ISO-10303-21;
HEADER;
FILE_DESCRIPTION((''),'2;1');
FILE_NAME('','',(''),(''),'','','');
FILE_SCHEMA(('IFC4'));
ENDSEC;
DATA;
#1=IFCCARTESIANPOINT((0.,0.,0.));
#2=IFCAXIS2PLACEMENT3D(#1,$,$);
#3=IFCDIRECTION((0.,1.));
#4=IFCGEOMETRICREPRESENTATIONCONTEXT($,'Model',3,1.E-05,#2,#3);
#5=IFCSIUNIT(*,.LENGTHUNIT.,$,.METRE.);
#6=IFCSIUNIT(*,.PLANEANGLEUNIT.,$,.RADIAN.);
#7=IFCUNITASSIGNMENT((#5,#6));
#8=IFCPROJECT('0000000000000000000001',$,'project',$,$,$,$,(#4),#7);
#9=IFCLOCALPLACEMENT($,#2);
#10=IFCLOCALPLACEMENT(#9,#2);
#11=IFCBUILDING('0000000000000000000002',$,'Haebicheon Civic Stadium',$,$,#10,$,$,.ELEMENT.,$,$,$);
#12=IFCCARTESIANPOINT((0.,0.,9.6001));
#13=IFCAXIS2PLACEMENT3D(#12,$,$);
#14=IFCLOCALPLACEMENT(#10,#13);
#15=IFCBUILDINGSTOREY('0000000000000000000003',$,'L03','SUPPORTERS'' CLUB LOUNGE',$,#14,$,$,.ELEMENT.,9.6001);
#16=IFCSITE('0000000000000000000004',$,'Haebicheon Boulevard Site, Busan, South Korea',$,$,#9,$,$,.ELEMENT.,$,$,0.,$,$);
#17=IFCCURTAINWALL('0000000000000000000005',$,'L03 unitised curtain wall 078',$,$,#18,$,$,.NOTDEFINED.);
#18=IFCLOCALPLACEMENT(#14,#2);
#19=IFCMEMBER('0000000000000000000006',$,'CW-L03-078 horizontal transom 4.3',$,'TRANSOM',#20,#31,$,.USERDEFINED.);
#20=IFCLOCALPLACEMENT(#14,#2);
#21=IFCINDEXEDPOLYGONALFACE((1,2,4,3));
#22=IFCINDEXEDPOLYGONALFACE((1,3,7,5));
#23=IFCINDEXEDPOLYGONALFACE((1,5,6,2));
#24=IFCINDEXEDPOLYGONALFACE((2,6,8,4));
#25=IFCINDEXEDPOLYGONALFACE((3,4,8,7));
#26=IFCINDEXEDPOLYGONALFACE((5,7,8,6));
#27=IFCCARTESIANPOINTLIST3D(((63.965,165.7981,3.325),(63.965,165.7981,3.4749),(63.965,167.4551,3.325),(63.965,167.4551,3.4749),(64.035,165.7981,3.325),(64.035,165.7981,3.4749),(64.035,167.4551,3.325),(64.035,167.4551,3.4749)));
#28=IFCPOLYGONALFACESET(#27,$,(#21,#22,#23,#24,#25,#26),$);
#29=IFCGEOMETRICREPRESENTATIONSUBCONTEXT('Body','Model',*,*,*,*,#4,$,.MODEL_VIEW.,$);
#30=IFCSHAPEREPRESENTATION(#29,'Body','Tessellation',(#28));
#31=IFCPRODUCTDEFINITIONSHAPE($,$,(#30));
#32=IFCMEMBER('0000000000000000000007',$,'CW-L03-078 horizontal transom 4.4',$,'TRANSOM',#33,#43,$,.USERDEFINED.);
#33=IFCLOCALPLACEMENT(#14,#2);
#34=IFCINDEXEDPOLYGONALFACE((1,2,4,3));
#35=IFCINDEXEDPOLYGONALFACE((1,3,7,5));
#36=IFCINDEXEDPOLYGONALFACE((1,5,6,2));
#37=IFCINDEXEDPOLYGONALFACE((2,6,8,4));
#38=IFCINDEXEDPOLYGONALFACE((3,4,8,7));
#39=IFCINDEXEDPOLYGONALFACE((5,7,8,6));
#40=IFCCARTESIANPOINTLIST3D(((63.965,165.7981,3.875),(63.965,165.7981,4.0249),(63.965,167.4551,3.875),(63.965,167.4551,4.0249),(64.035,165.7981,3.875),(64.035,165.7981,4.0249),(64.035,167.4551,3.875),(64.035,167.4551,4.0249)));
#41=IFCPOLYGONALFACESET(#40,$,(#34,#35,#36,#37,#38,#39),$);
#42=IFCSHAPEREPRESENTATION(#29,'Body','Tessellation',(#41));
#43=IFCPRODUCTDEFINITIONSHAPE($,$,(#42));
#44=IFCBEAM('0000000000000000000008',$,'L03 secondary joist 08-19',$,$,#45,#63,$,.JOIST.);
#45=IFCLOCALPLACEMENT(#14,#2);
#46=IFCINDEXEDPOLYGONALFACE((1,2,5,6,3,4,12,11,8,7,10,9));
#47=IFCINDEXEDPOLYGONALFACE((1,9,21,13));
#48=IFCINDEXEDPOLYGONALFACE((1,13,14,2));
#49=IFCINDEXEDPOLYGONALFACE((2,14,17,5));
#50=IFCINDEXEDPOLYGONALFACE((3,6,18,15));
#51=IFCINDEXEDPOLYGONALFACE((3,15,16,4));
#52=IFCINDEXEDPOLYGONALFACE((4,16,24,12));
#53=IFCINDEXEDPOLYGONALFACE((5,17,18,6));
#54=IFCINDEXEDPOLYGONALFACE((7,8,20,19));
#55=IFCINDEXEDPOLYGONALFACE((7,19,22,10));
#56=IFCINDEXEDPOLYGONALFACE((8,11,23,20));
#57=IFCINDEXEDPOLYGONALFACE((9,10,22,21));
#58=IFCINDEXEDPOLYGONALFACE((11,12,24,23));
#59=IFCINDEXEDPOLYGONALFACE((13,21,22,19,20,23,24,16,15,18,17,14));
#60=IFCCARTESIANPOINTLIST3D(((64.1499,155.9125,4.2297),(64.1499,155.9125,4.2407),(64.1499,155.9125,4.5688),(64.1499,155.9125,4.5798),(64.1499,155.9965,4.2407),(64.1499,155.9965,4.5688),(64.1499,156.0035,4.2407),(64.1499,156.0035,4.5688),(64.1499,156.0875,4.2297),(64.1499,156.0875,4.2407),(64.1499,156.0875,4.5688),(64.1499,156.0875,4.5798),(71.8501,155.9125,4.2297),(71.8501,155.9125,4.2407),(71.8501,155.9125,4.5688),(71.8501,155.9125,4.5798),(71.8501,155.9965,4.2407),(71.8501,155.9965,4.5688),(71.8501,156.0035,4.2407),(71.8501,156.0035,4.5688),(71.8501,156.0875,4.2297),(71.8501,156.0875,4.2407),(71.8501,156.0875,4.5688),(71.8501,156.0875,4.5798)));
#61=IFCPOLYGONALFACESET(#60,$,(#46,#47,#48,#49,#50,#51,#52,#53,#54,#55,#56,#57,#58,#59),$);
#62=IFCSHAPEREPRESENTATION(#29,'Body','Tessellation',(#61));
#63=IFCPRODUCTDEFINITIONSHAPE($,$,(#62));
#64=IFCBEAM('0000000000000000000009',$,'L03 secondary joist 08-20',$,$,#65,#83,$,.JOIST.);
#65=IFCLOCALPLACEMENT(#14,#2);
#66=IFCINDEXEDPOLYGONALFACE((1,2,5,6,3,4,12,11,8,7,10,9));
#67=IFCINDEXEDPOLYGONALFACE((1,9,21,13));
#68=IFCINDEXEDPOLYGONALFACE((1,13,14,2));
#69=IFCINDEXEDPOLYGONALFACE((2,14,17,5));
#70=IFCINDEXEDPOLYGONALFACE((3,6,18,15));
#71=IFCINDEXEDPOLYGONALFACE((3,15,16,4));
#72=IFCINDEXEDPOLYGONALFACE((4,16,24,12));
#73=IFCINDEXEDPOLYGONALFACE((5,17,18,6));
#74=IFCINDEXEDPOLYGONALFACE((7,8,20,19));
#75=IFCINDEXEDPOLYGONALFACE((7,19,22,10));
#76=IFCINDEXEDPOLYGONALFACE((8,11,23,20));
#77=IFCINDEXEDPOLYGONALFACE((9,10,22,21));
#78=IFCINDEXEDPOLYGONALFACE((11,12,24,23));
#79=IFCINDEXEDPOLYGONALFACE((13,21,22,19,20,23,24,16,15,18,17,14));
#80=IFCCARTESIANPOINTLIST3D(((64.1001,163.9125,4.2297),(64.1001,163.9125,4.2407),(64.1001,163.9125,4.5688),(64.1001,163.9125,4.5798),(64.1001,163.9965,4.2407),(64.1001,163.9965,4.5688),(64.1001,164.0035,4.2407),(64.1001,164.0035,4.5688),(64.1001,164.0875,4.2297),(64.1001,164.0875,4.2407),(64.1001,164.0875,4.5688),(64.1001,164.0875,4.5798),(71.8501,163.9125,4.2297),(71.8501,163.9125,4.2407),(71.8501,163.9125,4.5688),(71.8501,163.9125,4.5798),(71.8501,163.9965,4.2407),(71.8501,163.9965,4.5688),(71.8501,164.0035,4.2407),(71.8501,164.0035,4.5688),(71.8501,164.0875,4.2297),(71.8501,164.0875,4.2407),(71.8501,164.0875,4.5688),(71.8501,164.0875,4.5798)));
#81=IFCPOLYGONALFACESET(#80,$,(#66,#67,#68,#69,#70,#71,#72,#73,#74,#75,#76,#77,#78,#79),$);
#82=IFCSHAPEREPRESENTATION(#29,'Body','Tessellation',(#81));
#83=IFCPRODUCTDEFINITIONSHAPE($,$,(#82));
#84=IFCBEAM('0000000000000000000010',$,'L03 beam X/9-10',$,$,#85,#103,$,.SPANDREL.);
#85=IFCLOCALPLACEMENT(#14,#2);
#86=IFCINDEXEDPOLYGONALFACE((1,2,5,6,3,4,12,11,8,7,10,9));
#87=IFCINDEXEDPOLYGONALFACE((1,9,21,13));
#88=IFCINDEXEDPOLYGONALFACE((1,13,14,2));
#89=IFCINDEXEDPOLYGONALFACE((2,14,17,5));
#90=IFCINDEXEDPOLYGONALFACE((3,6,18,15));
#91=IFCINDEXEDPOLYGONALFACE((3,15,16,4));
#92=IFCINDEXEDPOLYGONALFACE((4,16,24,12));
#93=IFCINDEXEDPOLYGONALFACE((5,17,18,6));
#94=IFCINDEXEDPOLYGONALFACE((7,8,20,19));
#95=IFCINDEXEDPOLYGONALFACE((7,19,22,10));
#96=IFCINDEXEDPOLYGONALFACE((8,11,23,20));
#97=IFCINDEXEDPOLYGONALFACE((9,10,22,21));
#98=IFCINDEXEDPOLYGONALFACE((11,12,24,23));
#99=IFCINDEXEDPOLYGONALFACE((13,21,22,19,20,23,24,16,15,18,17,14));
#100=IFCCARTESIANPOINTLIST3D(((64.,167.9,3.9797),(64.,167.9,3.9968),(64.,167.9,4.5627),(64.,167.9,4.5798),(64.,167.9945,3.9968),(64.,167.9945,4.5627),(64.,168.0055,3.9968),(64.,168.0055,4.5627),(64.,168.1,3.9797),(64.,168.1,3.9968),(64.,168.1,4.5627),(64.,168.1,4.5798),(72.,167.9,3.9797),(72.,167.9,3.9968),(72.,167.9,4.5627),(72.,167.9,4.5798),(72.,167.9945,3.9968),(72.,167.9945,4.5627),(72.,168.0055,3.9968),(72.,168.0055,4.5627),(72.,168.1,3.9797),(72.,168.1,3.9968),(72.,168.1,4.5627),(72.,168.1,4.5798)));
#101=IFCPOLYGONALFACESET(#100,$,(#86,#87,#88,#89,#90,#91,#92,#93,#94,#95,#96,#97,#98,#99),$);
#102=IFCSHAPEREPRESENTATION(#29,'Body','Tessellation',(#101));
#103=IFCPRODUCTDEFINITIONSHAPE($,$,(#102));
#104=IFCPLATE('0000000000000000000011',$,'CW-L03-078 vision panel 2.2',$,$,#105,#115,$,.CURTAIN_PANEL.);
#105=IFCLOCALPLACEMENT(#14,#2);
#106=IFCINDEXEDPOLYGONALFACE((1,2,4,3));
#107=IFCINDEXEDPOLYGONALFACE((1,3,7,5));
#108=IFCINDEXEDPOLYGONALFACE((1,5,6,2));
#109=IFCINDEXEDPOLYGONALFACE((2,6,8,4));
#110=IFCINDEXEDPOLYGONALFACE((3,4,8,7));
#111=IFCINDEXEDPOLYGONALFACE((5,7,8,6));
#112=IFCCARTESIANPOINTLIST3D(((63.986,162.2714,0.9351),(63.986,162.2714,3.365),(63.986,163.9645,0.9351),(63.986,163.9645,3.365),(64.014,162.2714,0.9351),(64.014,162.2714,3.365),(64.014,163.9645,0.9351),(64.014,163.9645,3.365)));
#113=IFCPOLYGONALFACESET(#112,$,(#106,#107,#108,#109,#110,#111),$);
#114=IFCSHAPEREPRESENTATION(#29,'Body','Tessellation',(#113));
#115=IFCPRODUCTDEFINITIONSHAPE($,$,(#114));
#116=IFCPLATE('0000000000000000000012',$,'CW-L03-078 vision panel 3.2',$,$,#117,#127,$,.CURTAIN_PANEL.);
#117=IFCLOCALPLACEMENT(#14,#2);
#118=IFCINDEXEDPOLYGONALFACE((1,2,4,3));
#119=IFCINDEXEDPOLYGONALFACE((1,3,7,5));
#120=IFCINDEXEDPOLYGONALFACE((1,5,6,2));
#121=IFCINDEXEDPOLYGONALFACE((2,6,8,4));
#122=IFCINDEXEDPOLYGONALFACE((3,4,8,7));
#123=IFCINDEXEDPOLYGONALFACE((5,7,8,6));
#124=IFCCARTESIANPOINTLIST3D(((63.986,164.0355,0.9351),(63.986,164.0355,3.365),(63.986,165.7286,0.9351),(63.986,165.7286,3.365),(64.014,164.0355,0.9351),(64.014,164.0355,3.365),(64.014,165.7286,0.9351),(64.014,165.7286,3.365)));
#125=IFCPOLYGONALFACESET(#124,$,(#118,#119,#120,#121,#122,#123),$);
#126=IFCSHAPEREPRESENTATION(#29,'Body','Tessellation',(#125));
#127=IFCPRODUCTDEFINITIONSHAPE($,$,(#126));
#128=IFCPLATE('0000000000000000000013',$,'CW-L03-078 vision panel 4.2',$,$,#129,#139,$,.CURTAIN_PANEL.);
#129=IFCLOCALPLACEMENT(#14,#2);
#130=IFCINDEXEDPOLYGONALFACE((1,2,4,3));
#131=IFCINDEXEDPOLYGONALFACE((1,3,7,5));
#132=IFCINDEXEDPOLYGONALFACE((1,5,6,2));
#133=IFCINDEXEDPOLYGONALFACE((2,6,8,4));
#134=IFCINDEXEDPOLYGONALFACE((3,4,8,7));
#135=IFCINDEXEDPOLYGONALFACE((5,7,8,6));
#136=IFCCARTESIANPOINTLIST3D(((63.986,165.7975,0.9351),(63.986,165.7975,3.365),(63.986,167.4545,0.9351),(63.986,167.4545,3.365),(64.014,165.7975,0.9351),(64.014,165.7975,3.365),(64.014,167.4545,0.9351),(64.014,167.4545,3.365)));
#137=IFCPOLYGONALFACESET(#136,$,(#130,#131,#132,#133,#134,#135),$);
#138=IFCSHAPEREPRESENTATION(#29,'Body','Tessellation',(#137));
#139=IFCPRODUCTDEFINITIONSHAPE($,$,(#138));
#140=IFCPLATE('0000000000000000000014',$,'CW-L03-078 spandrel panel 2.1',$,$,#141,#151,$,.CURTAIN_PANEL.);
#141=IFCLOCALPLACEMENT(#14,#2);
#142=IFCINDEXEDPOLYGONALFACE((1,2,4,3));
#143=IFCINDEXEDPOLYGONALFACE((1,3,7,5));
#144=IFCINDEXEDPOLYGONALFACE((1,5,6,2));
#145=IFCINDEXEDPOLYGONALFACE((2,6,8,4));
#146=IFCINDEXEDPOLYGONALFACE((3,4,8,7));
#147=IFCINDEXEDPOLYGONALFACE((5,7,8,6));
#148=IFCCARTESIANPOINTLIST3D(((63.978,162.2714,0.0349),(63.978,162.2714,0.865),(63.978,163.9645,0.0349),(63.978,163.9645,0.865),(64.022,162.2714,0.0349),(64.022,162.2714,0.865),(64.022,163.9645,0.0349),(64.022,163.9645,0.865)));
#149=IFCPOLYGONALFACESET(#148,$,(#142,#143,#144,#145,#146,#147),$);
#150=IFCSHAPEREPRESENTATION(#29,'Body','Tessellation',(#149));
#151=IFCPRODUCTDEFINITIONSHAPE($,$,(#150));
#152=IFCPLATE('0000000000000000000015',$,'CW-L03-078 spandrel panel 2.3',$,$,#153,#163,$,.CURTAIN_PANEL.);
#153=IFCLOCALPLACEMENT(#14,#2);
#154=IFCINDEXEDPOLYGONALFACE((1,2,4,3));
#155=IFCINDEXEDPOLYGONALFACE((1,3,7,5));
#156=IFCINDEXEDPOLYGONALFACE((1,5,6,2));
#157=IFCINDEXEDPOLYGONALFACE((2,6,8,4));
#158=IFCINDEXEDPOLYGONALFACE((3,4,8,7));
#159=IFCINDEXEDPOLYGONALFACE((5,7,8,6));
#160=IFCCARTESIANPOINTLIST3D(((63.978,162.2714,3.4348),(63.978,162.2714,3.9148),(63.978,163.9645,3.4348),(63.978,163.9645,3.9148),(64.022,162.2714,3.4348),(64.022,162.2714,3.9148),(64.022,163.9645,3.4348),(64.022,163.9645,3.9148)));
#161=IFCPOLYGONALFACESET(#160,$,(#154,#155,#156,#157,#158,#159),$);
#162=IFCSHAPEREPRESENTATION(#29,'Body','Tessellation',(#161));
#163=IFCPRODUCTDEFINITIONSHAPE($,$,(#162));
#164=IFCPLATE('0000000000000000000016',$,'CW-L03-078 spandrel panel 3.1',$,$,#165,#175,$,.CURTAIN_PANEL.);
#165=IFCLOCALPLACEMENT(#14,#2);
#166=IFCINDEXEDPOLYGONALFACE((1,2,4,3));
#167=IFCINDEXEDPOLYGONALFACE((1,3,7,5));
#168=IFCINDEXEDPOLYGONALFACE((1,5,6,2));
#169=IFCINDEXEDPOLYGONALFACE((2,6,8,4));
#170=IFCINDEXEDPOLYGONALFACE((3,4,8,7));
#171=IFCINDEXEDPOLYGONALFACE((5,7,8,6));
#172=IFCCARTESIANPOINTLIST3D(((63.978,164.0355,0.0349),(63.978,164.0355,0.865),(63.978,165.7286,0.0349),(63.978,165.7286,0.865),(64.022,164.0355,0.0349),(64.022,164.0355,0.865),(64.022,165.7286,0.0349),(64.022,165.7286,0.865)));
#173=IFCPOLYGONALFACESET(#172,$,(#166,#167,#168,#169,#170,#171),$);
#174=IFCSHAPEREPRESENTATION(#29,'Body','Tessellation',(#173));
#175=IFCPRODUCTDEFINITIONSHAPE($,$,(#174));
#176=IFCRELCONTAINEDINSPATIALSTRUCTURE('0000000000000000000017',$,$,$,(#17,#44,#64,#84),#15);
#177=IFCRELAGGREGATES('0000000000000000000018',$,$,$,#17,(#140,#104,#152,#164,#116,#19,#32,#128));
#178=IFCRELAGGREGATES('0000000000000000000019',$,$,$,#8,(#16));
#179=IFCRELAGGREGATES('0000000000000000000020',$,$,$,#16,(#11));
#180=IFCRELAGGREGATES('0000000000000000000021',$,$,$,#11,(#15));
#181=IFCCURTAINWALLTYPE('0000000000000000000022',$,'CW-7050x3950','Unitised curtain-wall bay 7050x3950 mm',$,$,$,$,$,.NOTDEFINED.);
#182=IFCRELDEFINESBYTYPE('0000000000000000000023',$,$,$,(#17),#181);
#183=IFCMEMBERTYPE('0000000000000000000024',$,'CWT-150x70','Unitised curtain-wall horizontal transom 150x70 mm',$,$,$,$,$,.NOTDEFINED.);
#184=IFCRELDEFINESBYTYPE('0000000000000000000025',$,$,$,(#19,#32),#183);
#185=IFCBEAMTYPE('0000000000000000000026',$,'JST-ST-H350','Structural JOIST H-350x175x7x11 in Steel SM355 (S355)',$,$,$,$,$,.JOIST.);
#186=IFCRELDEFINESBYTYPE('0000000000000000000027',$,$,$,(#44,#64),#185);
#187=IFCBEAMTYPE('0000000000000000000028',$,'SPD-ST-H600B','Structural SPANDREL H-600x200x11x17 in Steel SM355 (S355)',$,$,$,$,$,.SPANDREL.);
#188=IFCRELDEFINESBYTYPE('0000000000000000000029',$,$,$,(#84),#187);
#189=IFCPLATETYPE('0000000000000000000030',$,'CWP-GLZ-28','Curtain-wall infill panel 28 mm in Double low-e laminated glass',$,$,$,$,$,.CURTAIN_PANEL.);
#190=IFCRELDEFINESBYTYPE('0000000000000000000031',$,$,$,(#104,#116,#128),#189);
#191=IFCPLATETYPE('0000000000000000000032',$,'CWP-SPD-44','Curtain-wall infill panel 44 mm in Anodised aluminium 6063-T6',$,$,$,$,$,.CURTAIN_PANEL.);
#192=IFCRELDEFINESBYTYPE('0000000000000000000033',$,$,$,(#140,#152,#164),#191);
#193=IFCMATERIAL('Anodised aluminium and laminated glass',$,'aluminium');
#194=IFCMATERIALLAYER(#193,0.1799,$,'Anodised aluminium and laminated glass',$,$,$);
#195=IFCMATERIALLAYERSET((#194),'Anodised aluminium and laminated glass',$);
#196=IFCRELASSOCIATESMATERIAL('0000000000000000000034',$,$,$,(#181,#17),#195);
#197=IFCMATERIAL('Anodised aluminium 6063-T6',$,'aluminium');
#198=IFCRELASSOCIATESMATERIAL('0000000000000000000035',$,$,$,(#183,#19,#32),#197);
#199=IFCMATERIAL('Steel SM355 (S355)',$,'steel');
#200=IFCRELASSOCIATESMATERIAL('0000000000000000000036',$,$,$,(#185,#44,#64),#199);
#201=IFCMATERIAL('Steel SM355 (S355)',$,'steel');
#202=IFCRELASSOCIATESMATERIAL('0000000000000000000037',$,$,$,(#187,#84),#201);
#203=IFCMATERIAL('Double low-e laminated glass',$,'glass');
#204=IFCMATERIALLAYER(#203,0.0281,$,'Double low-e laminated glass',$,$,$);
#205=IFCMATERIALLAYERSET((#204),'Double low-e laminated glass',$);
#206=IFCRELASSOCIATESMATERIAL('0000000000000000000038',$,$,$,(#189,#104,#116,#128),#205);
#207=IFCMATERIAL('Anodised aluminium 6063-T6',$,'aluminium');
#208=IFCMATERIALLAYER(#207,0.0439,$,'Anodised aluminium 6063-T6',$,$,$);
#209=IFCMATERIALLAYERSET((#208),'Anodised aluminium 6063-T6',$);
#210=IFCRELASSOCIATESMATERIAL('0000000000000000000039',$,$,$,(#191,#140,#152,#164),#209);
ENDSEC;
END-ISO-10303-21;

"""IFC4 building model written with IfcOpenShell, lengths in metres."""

from ifc_helpers import new_model, si_unit, direction, frame, origin, origin_2d, place, context, subcontext, project, spatial, rectangle, i_section, extrude, material, layer, layer_set, material_profile, profile_set, type_object, element, aggregate, save


model = new_model("IFC4")

# Units and contexts
model_context = context("Model", 3, precision=1e-05, world=origin(), true_north=direction((0.0, 1.0)))
body_context = subcontext(model_context, "Body", "Model", "MODEL_VIEW")
ifc_project = project(units=[si_unit("LENGTHUNIT", "METRE"), si_unit("PLANEANGLEUNIT", "RADIAN")], contexts=[model_context])

# Site, building, storey
site_placement = place(None, origin())
site = spatial("IfcSite", under=ifc_project, at=site_placement, Name="Haebicheon Boulevard Site, Busan, South Korea", CompositionType="ELEMENT", RefElevation=0.0)
building_placement = place(site_placement, origin())
building = spatial("IfcBuilding", under=site, at=building_placement, Name="Haebicheon Civic Stadium", CompositionType="ELEMENT")
storey_placement = place(building_placement, frame((0.0, 0.0, 9.6001)))
storey = spatial("IfcBuildingStorey", under=building, at=storey_placement, Name="L03", Description="SUPPORTERS' CLUB LOUNGE", CompositionType="ELEMENT", Elevation=9.6001)

# Curtain wall, members
ifc_material_1 = material(Name="Anodised aluminium and laminated glass", Category="aluminium")
ifc_layer_1 = layer(ifc_material_1, 0.1799, Name="Anodised aluminium and laminated glass")
ifc_layer_set_1 = layer_set([ifc_layer_1], Name="Anodised aluminium and laminated glass")
curtain_wall_type = type_object("IfcCurtainWallType", Name="CW-7050x3950", Description="Unitised curtain-wall bay 7050x3950 mm", PredefinedType="NOTDEFINED", material=ifc_layer_set_1)
curtain_wall_placement = place(storey_placement, origin())
curtain_wall = element("IfcCurtainWall", 1, at=curtain_wall_placement, inside=storey, type_object=curtain_wall_type, material=ifc_layer_set_1, Name="L03 unitised curtain wall 078", PredefinedType="NOTDEFINED")
ifc_material_2 = material(Name="Anodised aluminium 6063-T6", Category="aluminium")
ifc_material_profile_1 = material_profile(ifc_material_2, rectangle(XDim=0.0701, YDim=0.1499, at=origin_2d()), Name="ALU-TRAN-70x150")
ifc_profile_set_1 = profile_set([ifc_material_profile_1], Name="Anodised aluminium 6063-T6")
member_type_1 = type_object("IfcMemberType", Name="CWT-150x70", Description="Unitised curtain-wall horizontal transom 150x70 mm", PredefinedType="NOTDEFINED", material=ifc_profile_set_1)
member_1_placement = place(storey_placement, frame((64.0, 165.7981, 3.3999), z_axis=(0.0, 1.0, 0.0), x_axis=(-1.0, 0.0, 0.0)))
member_1 = element("IfcMember", 2, at=member_1_placement, type_object=member_type_1, material=ifc_profile_set_1, Name="CW-L03-078 horizontal transom 4.3", ObjectType="TRANSOM", PredefinedType="USERDEFINED", context=body_context, shape_type="SweptSolid", body=[
    extrude(rectangle(XDim=0.0701, YDim=0.1499, at=origin_2d()), origin(), (0.0, 0.0, 1.0), 1.657),
])
member_2_placement = place(storey_placement, frame((64.0, 165.7981, 3.95), z_axis=(0.0, 1.0, 0.0), x_axis=(-1.0, 0.0, 0.0)))
member_2 = element("IfcMember", 3, at=member_2_placement, type_object=member_type_1, material=ifc_profile_set_1, Name="CW-L03-078 horizontal transom 4.4", ObjectType="TRANSOM", PredefinedType="USERDEFINED", context=body_context, shape_type="SweptSolid", body=[
    extrude(rectangle(XDim=0.0701, YDim=0.1499, at=origin_2d()), origin(), (0.0, 0.0, 1.0), 1.657),
])

# Beams
ifc_material_3 = material(Name="Steel SM355 (S355)", Category="steel")
ifc_material_profile_2 = material_profile(ifc_material_3, i_section(OverallWidth=0.175, OverallDepth=0.3501, WebThickness=0.0071, FlangeThickness=0.011, at=origin_2d()), Name="H-350x175x7x11")
ifc_profile_set_2 = profile_set([ifc_material_profile_2], Name="Steel SM355 (S355)")
beam_type_1 = type_object("IfcBeamType", Name="JST-ST-H350", Description="Structural JOIST H-350x175x7x11 in Steel SM355 (S355)", PredefinedType="JOIST", material=ifc_profile_set_2)
beam_1_placement = place(storey_placement, frame((64.1499, 156.0, 4.4048), z_axis=(1.0, 0.0, 0.0), x_axis=(0.0, 1.0, 0.0)))
element("IfcBeam", 4, at=beam_1_placement, inside=storey, type_object=beam_type_1, material=ifc_profile_set_2, Name="L03 secondary joist 08-19", PredefinedType="JOIST", context=body_context, shape_type="SweptSolid", body=[
    extrude(i_section(OverallWidth=0.175, OverallDepth=0.3501, WebThickness=0.0071, FlangeThickness=0.011, at=origin_2d()), origin(), (0.0, 0.0, 1.0), 7.7002),
])
beam_2_placement = place(storey_placement, frame((64.1001, 164.0, 4.4048), z_axis=(1.0, 0.0, 0.0), x_axis=(0.0, 1.0, 0.0)))
element("IfcBeam", 5, at=beam_2_placement, inside=storey, type_object=beam_type_1, material=ifc_profile_set_2, Name="L03 secondary joist 08-20", PredefinedType="JOIST", context=body_context, shape_type="SweptSolid", body=[
    extrude(i_section(OverallWidth=0.175, OverallDepth=0.3501, WebThickness=0.0071, FlangeThickness=0.011, at=origin_2d()), origin(), (0.0, 0.0, 1.0), 7.75),
])
ifc_material_4 = material(Name="Steel SM355 (S355)", Category="steel")
ifc_material_profile_3 = material_profile(ifc_material_4, i_section(OverallWidth=0.2, OverallDepth=0.6001, WebThickness=0.011, FlangeThickness=0.0171, at=origin_2d()), Name="H-600x200x11x17")
ifc_profile_set_3 = profile_set([ifc_material_profile_3], Name="Steel SM355 (S355)")
beam_type_2 = type_object("IfcBeamType", Name="SPD-ST-H600B", Description="Structural SPANDREL H-600x200x11x17 in Steel SM355 (S355)", PredefinedType="SPANDREL", material=ifc_profile_set_3)
beam_3_placement = place(storey_placement, frame((64.0, 168.0, 4.2798), z_axis=(1.0, 0.0, 0.0), x_axis=(0.0, 1.0, 0.0)))
element("IfcBeam", 6, at=beam_3_placement, inside=storey, type_object=beam_type_2, material=ifc_profile_set_3, Name="L03 beam X/9-10", PredefinedType="SPANDREL", context=body_context, shape_type="SweptSolid", body=[
    extrude(i_section(OverallWidth=0.2, OverallDepth=0.6001, WebThickness=0.011, FlangeThickness=0.0171, at=origin_2d()), origin(), (0.0, 0.0, 1.0), 8.0),
])

# Plates
ifc_material_5 = material(Name="Double low-e laminated glass", Category="glass")
ifc_layer_2 = layer(ifc_material_5, 0.0281, Name="Double low-e laminated glass")
ifc_layer_set_2 = layer_set([ifc_layer_2], Name="Double low-e laminated glass")
plate_type_1 = type_object("IfcPlateType", Name="CWP-GLZ-28", Description="Curtain-wall infill panel 28 mm in Double low-e laminated glass", PredefinedType="CURTAIN_PANEL", material=ifc_layer_set_2)
plate_1_placement = place(storey_placement, frame((64.0, 163.1179, 0.9351), z_axis=(0.0, 0.0, 1.0), x_axis=(0.0, 1.0, 0.0)))
plate_1 = element("IfcPlate", 7, at=plate_1_placement, type_object=plate_type_1, material=ifc_layer_set_2, Name="CW-L03-078 vision panel 2.2", PredefinedType="CURTAIN_PANEL", context=body_context, shape_type="SweptSolid", body=[
    extrude(rectangle(XDim=1.6931, YDim=0.0281, at=origin_2d()), origin(), (0.0, 0.0, 1.0), 2.4299),
])
plate_2_placement = place(storey_placement, frame((64.0, 164.8821, 0.9351), z_axis=(0.0, 0.0, 1.0), x_axis=(0.0, 1.0, 0.0)))
plate_2 = element("IfcPlate", 8, at=plate_2_placement, type_object=plate_type_1, material=ifc_layer_set_2, Name="CW-L03-078 vision panel 3.2", PredefinedType="CURTAIN_PANEL", context=body_context, shape_type="SweptSolid", body=[
    extrude(rectangle(XDim=1.6931, YDim=0.0281, at=origin_2d()), origin(), (0.0, 0.0, 1.0), 2.4299),
])
plate_3_placement = place(storey_placement, frame((64.0, 166.626, 0.9351), z_axis=(0.0, 0.0, 1.0), x_axis=(0.0, 1.0, 0.0)))
plate_3 = element("IfcPlate", 9, at=plate_3_placement, type_object=plate_type_1, material=ifc_layer_set_2, Name="CW-L03-078 vision panel 4.2", PredefinedType="CURTAIN_PANEL", context=body_context, shape_type="SweptSolid", body=[
    extrude(rectangle(XDim=1.657, YDim=0.0281, at=origin_2d()), origin(), (0.0, 0.0, 1.0), 2.4299),
])
ifc_material_6 = material(Name="Anodised aluminium 6063-T6", Category="aluminium")
ifc_layer_3 = layer(ifc_material_6, 0.0439, Name="Anodised aluminium 6063-T6")
ifc_layer_set_3 = layer_set([ifc_layer_3], Name="Anodised aluminium 6063-T6")
plate_type_2 = type_object("IfcPlateType", Name="CWP-SPD-44", Description="Curtain-wall infill panel 44 mm in Anodised aluminium 6063-T6", PredefinedType="CURTAIN_PANEL", material=ifc_layer_set_3)
plate_4_placement = place(storey_placement, frame((64.0, 163.1179, 0.0349), z_axis=(0.0, 0.0, 1.0), x_axis=(0.0, 1.0, 0.0)))
plate_4 = element("IfcPlate", 10, at=plate_4_placement, type_object=plate_type_2, material=ifc_layer_set_3, Name="CW-L03-078 spandrel panel 2.1", PredefinedType="CURTAIN_PANEL", context=body_context, shape_type="SweptSolid", body=[
    extrude(rectangle(XDim=1.6931, YDim=0.0439, at=origin_2d()), origin(), (0.0, 0.0, 1.0), 0.8301),
])
plate_5_placement = place(storey_placement, frame((64.0, 163.1179, 3.4348), z_axis=(0.0, 0.0, 1.0), x_axis=(0.0, 1.0, 0.0)))
plate_5 = element("IfcPlate", 11, at=plate_5_placement, type_object=plate_type_2, material=ifc_layer_set_3, Name="CW-L03-078 spandrel panel 2.3", PredefinedType="CURTAIN_PANEL", context=body_context, shape_type="SweptSolid", body=[
    extrude(rectangle(XDim=1.6931, YDim=0.0439, at=origin_2d()), origin(), (0.0, 0.0, 1.0), 0.48),
])
plate_6_placement = place(storey_placement, frame((64.0, 164.8821, 0.0349), z_axis=(0.0, 0.0, 1.0), x_axis=(0.0, 1.0, 0.0)))
plate_6 = element("IfcPlate", 12, at=plate_6_placement, type_object=plate_type_2, material=ifc_layer_set_3, Name="CW-L03-078 spandrel panel 3.1", PredefinedType="CURTAIN_PANEL", context=body_context, shape_type="SweptSolid", body=[
    extrude(rectangle(XDim=1.6931, YDim=0.0439, at=origin_2d()), origin(), (0.0, 0.0, 1.0), 0.8301),
])
aggregate(curtain_wall, [plate_4, plate_1, plate_5, plate_6, plate_2, member_1, member_2, plate_3])

save(model, "model.ifc")
